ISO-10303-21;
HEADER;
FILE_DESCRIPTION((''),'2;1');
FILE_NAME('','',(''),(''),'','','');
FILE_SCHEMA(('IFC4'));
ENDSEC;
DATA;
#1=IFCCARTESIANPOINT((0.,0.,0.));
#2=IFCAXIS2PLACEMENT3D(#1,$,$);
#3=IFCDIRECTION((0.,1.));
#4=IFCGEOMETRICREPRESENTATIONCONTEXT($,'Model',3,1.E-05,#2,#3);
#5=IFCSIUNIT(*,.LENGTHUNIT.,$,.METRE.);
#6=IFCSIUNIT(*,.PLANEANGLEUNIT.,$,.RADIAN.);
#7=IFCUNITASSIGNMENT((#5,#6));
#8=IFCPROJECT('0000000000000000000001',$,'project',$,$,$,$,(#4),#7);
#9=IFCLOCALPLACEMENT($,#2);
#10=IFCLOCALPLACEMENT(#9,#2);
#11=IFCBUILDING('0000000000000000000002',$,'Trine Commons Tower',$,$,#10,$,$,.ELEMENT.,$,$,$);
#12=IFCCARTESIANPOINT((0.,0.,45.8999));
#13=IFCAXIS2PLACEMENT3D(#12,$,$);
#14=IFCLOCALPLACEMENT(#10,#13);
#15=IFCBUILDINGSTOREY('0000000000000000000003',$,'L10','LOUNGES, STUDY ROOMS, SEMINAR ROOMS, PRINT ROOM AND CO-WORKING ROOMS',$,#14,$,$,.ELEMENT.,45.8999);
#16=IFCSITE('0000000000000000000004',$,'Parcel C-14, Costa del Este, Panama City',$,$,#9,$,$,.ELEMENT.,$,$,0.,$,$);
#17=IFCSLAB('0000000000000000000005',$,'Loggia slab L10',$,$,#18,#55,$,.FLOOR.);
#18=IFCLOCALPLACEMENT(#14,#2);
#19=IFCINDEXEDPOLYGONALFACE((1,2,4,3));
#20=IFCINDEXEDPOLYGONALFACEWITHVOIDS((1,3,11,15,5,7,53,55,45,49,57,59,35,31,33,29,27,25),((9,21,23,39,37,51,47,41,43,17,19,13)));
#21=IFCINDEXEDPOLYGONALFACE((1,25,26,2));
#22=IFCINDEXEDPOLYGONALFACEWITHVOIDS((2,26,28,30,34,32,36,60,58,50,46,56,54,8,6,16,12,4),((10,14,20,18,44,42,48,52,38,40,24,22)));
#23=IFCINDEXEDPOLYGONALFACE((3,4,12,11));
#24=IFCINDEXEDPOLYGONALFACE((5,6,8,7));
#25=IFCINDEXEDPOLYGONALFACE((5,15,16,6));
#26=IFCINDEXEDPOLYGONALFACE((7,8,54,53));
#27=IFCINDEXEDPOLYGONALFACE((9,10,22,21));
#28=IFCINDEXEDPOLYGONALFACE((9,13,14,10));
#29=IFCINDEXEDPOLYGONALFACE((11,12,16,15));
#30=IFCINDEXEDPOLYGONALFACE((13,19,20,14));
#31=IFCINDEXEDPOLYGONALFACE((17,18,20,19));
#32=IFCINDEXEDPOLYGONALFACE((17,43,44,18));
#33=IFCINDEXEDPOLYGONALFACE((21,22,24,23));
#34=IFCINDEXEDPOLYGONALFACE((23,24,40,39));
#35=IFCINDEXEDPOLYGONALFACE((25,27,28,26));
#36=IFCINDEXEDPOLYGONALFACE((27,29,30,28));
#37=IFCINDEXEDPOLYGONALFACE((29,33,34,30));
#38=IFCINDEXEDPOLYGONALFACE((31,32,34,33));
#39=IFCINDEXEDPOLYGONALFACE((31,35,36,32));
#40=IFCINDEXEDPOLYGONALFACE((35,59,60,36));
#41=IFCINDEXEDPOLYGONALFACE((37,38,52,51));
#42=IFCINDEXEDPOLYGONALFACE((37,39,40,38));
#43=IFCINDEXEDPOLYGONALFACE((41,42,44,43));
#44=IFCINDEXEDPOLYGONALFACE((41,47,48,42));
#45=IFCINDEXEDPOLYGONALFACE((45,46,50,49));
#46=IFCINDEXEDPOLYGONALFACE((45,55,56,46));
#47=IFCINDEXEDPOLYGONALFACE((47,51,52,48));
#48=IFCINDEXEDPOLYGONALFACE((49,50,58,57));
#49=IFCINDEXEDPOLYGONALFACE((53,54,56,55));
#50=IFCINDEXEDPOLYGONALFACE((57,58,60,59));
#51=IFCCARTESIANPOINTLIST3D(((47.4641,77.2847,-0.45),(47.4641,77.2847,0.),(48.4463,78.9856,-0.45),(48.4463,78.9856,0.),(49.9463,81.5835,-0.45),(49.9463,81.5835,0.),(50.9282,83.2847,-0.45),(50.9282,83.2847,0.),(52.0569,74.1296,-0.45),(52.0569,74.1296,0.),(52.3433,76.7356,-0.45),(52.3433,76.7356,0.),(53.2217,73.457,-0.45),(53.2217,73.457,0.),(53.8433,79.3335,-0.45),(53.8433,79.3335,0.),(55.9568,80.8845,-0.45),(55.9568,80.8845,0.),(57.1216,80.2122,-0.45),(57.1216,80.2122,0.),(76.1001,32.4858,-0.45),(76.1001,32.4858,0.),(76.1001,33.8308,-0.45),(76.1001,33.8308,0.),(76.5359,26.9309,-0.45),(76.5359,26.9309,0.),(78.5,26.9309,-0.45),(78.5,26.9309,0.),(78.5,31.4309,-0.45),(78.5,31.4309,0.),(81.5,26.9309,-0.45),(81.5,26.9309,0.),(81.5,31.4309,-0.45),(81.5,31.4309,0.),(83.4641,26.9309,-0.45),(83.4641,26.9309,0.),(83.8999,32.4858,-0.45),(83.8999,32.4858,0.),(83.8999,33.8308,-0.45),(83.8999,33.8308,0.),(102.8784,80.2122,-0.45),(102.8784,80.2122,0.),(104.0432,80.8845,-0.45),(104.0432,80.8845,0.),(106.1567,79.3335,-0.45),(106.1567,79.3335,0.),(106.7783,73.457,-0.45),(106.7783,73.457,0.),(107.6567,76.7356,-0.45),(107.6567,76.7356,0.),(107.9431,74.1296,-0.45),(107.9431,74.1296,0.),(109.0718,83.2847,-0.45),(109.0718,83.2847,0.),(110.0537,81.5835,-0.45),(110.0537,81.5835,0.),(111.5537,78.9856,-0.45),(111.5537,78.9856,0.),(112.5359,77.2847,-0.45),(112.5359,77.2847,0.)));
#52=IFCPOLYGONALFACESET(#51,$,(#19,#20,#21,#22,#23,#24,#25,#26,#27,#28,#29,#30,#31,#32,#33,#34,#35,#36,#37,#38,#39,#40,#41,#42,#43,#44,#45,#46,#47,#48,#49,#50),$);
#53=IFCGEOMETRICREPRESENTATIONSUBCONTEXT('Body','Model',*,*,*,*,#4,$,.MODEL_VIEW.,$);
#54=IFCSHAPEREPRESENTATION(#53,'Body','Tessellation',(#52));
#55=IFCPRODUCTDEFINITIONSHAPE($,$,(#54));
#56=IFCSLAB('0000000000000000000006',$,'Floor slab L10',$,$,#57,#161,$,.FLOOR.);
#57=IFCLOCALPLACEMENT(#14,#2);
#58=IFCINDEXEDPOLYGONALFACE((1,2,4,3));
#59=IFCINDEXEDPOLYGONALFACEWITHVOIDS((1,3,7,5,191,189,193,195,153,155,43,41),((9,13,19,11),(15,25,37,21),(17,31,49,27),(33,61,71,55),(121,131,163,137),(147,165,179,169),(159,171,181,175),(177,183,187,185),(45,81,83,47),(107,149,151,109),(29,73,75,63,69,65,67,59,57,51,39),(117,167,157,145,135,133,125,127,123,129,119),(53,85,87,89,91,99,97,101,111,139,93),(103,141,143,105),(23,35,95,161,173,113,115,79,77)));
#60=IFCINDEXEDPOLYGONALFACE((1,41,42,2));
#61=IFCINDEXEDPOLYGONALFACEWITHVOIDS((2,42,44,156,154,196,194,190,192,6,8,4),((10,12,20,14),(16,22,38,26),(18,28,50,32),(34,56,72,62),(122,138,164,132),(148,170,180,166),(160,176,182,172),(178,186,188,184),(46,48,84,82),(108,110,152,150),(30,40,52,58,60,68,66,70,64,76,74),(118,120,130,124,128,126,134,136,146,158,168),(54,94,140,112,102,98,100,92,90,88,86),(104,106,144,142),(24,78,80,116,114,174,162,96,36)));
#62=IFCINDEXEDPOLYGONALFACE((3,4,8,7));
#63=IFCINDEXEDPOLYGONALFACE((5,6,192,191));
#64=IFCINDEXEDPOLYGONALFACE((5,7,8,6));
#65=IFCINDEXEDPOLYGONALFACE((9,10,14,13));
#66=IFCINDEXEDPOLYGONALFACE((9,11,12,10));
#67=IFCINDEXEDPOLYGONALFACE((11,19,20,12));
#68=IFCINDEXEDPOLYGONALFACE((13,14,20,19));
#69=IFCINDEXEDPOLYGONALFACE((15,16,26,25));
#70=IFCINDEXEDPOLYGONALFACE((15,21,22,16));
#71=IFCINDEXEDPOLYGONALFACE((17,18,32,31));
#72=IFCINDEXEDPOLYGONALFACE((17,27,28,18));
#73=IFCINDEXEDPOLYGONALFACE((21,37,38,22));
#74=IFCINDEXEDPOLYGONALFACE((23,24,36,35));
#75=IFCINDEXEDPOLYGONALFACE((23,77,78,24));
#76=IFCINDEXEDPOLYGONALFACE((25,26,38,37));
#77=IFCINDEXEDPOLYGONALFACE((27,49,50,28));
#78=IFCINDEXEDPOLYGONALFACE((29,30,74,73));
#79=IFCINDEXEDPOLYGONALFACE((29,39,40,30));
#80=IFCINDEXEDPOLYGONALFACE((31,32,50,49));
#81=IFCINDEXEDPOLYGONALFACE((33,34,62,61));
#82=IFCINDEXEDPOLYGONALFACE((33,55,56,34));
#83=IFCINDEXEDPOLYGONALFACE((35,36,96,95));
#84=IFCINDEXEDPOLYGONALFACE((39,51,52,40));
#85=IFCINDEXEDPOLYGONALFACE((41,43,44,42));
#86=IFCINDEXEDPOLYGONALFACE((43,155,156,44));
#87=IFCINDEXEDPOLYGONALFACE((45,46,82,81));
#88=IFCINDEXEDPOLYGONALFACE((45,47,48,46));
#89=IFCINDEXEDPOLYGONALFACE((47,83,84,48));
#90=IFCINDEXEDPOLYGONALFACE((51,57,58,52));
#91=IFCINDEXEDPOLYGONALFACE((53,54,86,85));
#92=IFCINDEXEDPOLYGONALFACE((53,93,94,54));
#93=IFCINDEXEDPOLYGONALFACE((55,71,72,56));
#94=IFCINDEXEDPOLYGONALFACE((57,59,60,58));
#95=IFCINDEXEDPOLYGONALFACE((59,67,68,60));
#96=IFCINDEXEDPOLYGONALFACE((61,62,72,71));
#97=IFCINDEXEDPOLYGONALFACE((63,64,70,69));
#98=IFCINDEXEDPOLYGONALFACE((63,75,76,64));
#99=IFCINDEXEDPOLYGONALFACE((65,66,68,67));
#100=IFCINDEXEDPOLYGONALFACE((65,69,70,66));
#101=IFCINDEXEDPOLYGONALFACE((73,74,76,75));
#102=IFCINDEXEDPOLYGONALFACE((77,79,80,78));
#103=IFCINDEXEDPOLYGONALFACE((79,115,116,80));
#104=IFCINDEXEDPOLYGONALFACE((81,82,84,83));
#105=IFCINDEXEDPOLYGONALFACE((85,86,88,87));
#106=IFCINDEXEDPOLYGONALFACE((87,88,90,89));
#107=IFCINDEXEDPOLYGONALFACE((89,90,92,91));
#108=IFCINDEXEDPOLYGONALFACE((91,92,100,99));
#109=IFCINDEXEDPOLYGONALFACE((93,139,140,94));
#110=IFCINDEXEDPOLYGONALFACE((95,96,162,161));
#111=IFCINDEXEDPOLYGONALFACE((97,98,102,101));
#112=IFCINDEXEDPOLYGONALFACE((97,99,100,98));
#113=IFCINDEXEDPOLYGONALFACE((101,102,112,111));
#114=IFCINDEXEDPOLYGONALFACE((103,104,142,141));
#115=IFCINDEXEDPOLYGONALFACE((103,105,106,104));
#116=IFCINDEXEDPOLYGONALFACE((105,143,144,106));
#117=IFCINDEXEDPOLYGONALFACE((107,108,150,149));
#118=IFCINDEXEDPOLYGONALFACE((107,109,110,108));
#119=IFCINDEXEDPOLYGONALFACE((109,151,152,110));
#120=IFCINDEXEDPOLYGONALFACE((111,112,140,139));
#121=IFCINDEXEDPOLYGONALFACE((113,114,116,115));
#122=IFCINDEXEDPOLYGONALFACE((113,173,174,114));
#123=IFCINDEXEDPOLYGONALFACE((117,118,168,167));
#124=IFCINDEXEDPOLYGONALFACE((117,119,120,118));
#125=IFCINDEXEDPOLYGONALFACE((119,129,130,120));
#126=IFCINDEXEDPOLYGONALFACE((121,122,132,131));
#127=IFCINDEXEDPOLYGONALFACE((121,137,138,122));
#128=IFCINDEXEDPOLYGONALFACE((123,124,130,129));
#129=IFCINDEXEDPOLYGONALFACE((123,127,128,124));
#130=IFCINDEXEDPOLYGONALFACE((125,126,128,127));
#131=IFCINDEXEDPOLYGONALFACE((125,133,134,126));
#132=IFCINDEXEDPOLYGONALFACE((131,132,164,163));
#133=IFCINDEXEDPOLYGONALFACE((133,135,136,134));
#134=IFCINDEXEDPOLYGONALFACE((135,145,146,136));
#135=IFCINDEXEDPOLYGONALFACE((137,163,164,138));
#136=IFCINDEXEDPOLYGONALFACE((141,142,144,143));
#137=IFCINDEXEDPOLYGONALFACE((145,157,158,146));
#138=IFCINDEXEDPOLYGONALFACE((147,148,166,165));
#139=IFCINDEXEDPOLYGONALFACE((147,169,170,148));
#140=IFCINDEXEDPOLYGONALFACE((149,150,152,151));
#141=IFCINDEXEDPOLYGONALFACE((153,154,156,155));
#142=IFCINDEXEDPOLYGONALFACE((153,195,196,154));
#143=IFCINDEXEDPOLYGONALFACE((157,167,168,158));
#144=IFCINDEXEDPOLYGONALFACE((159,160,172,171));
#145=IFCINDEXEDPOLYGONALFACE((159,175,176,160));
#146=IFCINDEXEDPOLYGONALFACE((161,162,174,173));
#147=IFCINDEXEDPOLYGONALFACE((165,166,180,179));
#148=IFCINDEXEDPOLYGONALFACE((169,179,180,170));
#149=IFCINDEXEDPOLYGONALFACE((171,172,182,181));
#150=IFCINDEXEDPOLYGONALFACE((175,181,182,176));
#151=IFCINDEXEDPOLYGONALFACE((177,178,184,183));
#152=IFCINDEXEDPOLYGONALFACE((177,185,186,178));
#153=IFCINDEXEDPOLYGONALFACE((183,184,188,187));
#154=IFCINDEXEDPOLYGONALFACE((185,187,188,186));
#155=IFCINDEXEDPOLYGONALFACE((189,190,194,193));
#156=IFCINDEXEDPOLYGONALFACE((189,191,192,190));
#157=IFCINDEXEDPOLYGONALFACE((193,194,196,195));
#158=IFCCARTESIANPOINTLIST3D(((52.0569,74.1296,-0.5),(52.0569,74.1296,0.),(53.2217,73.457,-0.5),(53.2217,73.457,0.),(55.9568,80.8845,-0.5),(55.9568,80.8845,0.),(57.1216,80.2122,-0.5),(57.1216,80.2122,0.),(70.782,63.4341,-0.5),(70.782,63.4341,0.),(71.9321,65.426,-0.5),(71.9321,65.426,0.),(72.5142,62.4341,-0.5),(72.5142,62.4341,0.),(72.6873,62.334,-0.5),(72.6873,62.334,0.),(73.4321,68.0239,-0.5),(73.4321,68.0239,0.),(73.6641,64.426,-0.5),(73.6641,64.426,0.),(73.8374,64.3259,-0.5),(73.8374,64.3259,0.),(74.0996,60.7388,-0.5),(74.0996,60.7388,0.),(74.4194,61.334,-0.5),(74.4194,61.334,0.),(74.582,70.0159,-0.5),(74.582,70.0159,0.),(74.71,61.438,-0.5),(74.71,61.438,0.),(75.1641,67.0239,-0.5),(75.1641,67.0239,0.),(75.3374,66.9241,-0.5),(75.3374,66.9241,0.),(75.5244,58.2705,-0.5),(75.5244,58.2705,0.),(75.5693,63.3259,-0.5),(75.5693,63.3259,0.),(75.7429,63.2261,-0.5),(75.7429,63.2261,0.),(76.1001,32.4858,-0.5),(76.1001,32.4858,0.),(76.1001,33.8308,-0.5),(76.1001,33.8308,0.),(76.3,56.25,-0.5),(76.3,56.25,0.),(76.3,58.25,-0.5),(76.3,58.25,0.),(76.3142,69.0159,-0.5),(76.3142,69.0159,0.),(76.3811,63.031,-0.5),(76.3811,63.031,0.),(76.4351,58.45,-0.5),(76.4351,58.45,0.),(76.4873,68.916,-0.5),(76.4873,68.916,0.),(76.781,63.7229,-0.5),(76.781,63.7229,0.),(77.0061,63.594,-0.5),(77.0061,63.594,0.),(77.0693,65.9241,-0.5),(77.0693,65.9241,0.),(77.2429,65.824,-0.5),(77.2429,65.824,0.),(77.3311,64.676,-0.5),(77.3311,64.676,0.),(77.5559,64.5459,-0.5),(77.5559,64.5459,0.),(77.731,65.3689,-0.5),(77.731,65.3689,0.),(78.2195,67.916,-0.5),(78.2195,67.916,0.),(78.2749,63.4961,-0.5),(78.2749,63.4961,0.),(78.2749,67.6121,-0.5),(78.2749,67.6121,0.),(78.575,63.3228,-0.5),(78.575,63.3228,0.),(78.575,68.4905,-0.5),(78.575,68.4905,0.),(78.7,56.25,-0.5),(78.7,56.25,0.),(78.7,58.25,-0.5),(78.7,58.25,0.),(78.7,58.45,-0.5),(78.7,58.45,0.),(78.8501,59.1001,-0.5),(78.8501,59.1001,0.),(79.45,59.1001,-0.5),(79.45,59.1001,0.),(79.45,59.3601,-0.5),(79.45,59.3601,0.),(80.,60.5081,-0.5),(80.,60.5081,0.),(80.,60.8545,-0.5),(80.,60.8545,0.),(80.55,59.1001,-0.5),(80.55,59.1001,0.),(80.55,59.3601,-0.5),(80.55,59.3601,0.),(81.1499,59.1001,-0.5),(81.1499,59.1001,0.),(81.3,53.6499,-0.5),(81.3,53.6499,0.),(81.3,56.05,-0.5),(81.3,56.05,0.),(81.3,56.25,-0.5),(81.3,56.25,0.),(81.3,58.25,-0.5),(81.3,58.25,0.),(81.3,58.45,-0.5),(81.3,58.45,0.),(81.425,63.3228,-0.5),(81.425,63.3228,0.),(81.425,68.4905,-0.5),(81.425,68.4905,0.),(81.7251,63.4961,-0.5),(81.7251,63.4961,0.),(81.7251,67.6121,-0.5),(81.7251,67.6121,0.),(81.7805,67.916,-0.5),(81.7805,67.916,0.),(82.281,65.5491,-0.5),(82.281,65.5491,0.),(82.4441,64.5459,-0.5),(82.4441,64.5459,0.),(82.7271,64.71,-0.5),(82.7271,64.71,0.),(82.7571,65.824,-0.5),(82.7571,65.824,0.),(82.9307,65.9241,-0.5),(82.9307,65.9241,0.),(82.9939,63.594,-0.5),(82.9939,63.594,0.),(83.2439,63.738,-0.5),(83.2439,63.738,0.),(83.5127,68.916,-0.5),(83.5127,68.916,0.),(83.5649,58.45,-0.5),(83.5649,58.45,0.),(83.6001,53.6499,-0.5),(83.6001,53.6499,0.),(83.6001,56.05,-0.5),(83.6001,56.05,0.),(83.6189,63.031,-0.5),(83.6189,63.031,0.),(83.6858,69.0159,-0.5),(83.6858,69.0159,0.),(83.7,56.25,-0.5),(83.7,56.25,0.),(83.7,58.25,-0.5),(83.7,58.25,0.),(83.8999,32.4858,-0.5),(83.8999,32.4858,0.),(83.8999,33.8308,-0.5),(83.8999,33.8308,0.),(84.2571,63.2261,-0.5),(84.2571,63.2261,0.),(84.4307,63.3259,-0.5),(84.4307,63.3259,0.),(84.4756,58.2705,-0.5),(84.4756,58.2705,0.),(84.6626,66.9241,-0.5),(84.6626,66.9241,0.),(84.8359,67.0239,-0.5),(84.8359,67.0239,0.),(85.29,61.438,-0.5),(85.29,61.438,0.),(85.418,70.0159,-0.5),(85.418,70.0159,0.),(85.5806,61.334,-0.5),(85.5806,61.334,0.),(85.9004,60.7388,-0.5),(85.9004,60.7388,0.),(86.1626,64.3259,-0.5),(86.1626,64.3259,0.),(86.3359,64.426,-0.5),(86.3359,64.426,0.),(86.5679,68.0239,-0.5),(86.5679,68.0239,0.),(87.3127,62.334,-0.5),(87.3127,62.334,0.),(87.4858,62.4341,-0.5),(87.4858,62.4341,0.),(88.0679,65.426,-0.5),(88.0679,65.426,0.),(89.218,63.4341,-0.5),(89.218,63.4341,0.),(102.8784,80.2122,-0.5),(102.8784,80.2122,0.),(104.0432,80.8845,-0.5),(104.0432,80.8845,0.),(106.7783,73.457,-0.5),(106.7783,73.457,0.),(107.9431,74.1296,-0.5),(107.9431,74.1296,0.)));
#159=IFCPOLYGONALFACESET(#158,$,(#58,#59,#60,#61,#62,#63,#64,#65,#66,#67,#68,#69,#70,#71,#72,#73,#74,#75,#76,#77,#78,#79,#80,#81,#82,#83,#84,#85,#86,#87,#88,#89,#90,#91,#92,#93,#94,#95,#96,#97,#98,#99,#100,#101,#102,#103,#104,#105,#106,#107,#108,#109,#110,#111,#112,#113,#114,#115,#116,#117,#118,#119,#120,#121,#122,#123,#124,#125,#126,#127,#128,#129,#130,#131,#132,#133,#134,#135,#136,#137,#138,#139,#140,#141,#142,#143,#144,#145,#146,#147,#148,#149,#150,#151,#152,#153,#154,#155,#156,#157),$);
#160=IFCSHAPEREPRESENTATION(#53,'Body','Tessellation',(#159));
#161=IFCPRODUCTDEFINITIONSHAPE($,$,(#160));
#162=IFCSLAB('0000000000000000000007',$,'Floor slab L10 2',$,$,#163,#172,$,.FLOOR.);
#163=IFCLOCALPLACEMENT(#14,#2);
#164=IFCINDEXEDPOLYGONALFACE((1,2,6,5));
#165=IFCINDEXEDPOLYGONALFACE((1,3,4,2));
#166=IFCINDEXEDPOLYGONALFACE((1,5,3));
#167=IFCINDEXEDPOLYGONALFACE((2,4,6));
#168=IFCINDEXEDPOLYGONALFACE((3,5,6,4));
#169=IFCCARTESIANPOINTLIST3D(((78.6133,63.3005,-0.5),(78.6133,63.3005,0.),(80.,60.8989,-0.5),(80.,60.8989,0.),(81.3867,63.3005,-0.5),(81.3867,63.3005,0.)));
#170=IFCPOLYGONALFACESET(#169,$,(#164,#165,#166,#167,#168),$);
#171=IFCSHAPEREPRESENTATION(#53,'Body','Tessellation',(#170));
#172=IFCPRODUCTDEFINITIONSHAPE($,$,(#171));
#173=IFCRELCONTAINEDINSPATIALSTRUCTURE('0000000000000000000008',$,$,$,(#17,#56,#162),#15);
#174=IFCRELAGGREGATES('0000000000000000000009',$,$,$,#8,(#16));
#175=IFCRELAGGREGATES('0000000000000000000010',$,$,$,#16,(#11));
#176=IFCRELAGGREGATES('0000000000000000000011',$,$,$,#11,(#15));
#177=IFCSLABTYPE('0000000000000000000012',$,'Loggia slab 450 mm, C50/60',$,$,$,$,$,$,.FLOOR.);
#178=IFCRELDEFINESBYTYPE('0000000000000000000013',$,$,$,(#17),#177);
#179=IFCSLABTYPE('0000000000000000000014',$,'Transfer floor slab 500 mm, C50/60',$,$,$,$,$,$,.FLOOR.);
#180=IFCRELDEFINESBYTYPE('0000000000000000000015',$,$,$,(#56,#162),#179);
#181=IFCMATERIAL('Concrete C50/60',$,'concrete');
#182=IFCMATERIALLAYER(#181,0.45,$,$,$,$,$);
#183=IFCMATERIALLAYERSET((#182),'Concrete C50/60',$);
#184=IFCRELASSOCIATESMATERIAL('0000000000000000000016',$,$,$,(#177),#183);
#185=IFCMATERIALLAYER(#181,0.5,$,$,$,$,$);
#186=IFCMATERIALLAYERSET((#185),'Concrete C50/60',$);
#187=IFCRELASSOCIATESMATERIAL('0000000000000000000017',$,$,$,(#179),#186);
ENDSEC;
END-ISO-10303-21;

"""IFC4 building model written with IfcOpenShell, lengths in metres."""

from ifc_helpers import new_model, si_unit, direction, frame, origin, place, context, subcontext, project, spatial, polyline, outline, extrude, material, layer, layer_set, type_object, element, save


model = new_model("IFC4")

# Units and contexts
model_context = context("Model", 3, precision=1e-05, world=origin(), true_north=direction((0.0, 1.0)))
body_context = subcontext(model_context, "Body", "Model", "MODEL_VIEW")
ifc_project = project(units=[si_unit("LENGTHUNIT", "METRE"), si_unit("PLANEANGLEUNIT", "RADIAN")], contexts=[model_context])

# Site, building, storey
site_placement = place(None, origin())
site = spatial("IfcSite", under=ifc_project, at=site_placement, Name="Parcel C-14, Costa del Este, Panama City", CompositionType="ELEMENT", RefElevation=0.0)
building_placement = place(site_placement, origin())
building = spatial("IfcBuilding", under=site, at=building_placement, Name="Trine Commons Tower", CompositionType="ELEMENT")
storey_placement = place(building_placement, frame((0.0, 0.0, 45.8999)))
storey = spatial("IfcBuildingStorey", under=building, at=storey_placement, Name="L10", Description="LOUNGES, STUDY ROOMS, SEMINAR ROOMS, PRINT ROOM AND CO-WORKING ROOMS", CompositionType="ELEMENT", Elevation=45.8999)

# Slabs
ifc_material_1 = material(Name="Concrete C50/60", Category="concrete")
ifc_layer_1 = layer(ifc_material_1, 0.45)
ifc_layer_set_1 = layer_set([ifc_layer_1], Name="Concrete C50/60")
slab_type_1 = type_object("IfcSlabType", Name="Loggia slab 450 mm, C50/60", PredefinedType="FLOOR", material=ifc_layer_set_1)
slab_1_placement = place(storey_placement, frame((0.0, 0.0, -0.45)))
element("IfcSlab", 1, at=slab_1_placement, inside=storey, type_object=slab_type_1, Name="Loggia slab L10", PredefinedType="FLOOR", context=body_context, shape_type="SweptSolid", body=[
    extrude(outline(polyline([(83.4641, 26.9309), (112.5359, 77.2847), (111.5537, 78.9856), (107.6567, 76.7356), (106.1567, 79.3335), (110.0537, 81.5835), (109.0718, 83.2847), (50.9282, 83.2847), (49.9463, 81.5835), (53.8433, 79.3335), (52.3433, 76.7356), (48.4463, 78.9856), (47.4641, 77.2847), (76.5359, 26.9309), (78.5, 26.9309), (78.5, 31.4309), (81.5, 31.4309), (81.5, 26.9309), (83.4641, 26.9309)]), holes=[polyline([(76.1001, 32.4858), (76.1001, 33.8308), (83.8999, 33.8308), (83.8999, 32.4858), (107.9431, 74.1296), (106.7783, 73.457), (102.8784, 80.2122), (104.0432, 80.8845), (55.9568, 80.8845), (57.1216, 80.2122), (53.2217, 73.457), (52.0569, 74.1296), (76.1001, 32.4858)])]), origin(), (0.0, 0.0, 1.0), 0.45),
])
ifc_layer_2 = layer(ifc_material_1, 0.5)
ifc_layer_set_2 = layer_set([ifc_layer_2], Name="Concrete C50/60")
slab_type_2 = type_object("IfcSlabType", Name="Transfer floor slab 500 mm, C50/60", PredefinedType="FLOOR", material=ifc_layer_set_2)
slab_2_placement = place(storey_placement, frame((0.0, 0.0, -0.5)))
element("IfcSlab", 2, at=slab_2_placement, inside=storey, type_object=slab_type_2, Name="Floor slab L10", PredefinedType="FLOOR", context=body_context, shape_type="SweptSolid", body=[
    extrude(outline(polyline([(52.0569, 74.1296), (76.1001, 32.4858), (76.1001, 33.8308), (83.8999, 33.8308), (83.8999, 32.4858), (107.9431, 74.1296), (106.7783, 73.457), (102.8784, 80.2122), (104.0432, 80.8845), (55.9568, 80.8845), (57.1216, 80.2122), (53.2217, 73.457), (52.0569, 74.1296)]), holes=[polyline([(76.3, 56.25), (78.7, 56.25), (78.7, 58.25), (76.3, 58.25), (76.3, 56.25)]), polyline([(81.1499, 59.1001), (81.3, 58.45), (83.5649, 58.45), (80.0, 60.5081), (76.4351, 58.45), (78.7, 58.45), (78.8501, 59.1001), (79.45, 59.1001), (79.45, 59.3601), (80.55, 59.3601), (80.55, 59.1001), (81.1499, 59.1001)]), polyline([(80.0, 60.8545), (84.4756, 58.2705), (85.9004, 60.7388), (81.425, 63.3228), (81.425, 68.4905), (78.575, 68.4905), (78.575, 63.3228), (74.0996, 60.7388), (75.5244, 58.2705), (80.0, 60.8545)]), polyline([(73.8374, 64.3259), (72.6873, 62.334), (74.4194, 61.334), (75.5693, 63.3259), (73.8374, 64.3259)]), polyline([(71.9321, 65.426), (70.782, 63.4341), (72.5142, 62.4341), (73.6641, 64.426), (71.9321, 65.426)]), polyline([(76.781, 63.7229), (76.3811, 63.031), (75.7429, 63.2261), (74.71, 61.438), (78.2749, 63.4961), (78.2749, 67.6121), (77.2429, 65.824), (77.731, 65.3689), (77.3311, 64.676), (77.5559, 64.5459), (77.0061, 63.594), (76.781, 63.7229)]), polyline([(76.4873, 68.916), (75.3374, 66.9241), (77.0693, 65.9241), (78.2195, 67.916), (76.4873, 68.916)]), polyline([(74.582, 70.0159), (73.4321, 68.0239), (75.1641, 67.0239), (76.3142, 69.0159), (74.582, 70.0159)]), polyline([(81.3, 53.6499), (83.6001, 53.6499), (83.6001, 56.05), (81.3, 56.05), (81.3, 53.6499)]), polyline([(81.3, 56.25), (83.7, 56.25), (83.7, 58.25), (81.3, 58.25), (81.3, 56.25)]), polyline([(87.3127, 62.334), (86.1626, 64.3259), (84.4307, 63.3259), (85.5806, 61.334), (87.3127, 62.334)]), polyline([(89.218, 63.4341), (88.0679, 65.426), (86.3359, 64.426), (87.4858, 62.4341), (89.218, 63.4341)]), polyline([(83.2439, 63.738), (82.9939, 63.594), (82.4441, 64.5459), (82.7271, 64.71), (82.281, 65.5491), (82.7571, 65.824), (81.7251, 67.6121), (81.7251, 63.4961), (85.29, 61.438), (84.2571, 63.2261), (83.6189, 63.031), (83.2439, 63.738)]), polyline([(82.9307, 65.9241), (84.6626, 66.9241), (83.5127, 68.916), (81.7805, 67.916), (82.9307, 65.9241)]), polyline([(84.8359, 67.0239), (86.5679, 68.0239), (85.418, 70.0159), (83.6858, 69.0159), (84.8359, 67.0239)])]), origin(), (0.0, 0.0, 1.0), 0.5),
])
slab_3_placement = place(storey_placement, frame((0.0, 0.0, -0.5)))
element("IfcSlab", 3, at=slab_3_placement, inside=storey, type_object=slab_type_2, Name="Floor slab L10 2", PredefinedType="FLOOR", context=body_context, shape_type="SweptSolid", body=[
    extrude(outline(polyline([(78.6133, 63.3005), (80.0, 60.8989), (81.3867, 63.3005), (78.6133, 63.3005)])), origin(), (0.0, 0.0, 1.0), 0.5),
])

save(model, "model.ifc")
